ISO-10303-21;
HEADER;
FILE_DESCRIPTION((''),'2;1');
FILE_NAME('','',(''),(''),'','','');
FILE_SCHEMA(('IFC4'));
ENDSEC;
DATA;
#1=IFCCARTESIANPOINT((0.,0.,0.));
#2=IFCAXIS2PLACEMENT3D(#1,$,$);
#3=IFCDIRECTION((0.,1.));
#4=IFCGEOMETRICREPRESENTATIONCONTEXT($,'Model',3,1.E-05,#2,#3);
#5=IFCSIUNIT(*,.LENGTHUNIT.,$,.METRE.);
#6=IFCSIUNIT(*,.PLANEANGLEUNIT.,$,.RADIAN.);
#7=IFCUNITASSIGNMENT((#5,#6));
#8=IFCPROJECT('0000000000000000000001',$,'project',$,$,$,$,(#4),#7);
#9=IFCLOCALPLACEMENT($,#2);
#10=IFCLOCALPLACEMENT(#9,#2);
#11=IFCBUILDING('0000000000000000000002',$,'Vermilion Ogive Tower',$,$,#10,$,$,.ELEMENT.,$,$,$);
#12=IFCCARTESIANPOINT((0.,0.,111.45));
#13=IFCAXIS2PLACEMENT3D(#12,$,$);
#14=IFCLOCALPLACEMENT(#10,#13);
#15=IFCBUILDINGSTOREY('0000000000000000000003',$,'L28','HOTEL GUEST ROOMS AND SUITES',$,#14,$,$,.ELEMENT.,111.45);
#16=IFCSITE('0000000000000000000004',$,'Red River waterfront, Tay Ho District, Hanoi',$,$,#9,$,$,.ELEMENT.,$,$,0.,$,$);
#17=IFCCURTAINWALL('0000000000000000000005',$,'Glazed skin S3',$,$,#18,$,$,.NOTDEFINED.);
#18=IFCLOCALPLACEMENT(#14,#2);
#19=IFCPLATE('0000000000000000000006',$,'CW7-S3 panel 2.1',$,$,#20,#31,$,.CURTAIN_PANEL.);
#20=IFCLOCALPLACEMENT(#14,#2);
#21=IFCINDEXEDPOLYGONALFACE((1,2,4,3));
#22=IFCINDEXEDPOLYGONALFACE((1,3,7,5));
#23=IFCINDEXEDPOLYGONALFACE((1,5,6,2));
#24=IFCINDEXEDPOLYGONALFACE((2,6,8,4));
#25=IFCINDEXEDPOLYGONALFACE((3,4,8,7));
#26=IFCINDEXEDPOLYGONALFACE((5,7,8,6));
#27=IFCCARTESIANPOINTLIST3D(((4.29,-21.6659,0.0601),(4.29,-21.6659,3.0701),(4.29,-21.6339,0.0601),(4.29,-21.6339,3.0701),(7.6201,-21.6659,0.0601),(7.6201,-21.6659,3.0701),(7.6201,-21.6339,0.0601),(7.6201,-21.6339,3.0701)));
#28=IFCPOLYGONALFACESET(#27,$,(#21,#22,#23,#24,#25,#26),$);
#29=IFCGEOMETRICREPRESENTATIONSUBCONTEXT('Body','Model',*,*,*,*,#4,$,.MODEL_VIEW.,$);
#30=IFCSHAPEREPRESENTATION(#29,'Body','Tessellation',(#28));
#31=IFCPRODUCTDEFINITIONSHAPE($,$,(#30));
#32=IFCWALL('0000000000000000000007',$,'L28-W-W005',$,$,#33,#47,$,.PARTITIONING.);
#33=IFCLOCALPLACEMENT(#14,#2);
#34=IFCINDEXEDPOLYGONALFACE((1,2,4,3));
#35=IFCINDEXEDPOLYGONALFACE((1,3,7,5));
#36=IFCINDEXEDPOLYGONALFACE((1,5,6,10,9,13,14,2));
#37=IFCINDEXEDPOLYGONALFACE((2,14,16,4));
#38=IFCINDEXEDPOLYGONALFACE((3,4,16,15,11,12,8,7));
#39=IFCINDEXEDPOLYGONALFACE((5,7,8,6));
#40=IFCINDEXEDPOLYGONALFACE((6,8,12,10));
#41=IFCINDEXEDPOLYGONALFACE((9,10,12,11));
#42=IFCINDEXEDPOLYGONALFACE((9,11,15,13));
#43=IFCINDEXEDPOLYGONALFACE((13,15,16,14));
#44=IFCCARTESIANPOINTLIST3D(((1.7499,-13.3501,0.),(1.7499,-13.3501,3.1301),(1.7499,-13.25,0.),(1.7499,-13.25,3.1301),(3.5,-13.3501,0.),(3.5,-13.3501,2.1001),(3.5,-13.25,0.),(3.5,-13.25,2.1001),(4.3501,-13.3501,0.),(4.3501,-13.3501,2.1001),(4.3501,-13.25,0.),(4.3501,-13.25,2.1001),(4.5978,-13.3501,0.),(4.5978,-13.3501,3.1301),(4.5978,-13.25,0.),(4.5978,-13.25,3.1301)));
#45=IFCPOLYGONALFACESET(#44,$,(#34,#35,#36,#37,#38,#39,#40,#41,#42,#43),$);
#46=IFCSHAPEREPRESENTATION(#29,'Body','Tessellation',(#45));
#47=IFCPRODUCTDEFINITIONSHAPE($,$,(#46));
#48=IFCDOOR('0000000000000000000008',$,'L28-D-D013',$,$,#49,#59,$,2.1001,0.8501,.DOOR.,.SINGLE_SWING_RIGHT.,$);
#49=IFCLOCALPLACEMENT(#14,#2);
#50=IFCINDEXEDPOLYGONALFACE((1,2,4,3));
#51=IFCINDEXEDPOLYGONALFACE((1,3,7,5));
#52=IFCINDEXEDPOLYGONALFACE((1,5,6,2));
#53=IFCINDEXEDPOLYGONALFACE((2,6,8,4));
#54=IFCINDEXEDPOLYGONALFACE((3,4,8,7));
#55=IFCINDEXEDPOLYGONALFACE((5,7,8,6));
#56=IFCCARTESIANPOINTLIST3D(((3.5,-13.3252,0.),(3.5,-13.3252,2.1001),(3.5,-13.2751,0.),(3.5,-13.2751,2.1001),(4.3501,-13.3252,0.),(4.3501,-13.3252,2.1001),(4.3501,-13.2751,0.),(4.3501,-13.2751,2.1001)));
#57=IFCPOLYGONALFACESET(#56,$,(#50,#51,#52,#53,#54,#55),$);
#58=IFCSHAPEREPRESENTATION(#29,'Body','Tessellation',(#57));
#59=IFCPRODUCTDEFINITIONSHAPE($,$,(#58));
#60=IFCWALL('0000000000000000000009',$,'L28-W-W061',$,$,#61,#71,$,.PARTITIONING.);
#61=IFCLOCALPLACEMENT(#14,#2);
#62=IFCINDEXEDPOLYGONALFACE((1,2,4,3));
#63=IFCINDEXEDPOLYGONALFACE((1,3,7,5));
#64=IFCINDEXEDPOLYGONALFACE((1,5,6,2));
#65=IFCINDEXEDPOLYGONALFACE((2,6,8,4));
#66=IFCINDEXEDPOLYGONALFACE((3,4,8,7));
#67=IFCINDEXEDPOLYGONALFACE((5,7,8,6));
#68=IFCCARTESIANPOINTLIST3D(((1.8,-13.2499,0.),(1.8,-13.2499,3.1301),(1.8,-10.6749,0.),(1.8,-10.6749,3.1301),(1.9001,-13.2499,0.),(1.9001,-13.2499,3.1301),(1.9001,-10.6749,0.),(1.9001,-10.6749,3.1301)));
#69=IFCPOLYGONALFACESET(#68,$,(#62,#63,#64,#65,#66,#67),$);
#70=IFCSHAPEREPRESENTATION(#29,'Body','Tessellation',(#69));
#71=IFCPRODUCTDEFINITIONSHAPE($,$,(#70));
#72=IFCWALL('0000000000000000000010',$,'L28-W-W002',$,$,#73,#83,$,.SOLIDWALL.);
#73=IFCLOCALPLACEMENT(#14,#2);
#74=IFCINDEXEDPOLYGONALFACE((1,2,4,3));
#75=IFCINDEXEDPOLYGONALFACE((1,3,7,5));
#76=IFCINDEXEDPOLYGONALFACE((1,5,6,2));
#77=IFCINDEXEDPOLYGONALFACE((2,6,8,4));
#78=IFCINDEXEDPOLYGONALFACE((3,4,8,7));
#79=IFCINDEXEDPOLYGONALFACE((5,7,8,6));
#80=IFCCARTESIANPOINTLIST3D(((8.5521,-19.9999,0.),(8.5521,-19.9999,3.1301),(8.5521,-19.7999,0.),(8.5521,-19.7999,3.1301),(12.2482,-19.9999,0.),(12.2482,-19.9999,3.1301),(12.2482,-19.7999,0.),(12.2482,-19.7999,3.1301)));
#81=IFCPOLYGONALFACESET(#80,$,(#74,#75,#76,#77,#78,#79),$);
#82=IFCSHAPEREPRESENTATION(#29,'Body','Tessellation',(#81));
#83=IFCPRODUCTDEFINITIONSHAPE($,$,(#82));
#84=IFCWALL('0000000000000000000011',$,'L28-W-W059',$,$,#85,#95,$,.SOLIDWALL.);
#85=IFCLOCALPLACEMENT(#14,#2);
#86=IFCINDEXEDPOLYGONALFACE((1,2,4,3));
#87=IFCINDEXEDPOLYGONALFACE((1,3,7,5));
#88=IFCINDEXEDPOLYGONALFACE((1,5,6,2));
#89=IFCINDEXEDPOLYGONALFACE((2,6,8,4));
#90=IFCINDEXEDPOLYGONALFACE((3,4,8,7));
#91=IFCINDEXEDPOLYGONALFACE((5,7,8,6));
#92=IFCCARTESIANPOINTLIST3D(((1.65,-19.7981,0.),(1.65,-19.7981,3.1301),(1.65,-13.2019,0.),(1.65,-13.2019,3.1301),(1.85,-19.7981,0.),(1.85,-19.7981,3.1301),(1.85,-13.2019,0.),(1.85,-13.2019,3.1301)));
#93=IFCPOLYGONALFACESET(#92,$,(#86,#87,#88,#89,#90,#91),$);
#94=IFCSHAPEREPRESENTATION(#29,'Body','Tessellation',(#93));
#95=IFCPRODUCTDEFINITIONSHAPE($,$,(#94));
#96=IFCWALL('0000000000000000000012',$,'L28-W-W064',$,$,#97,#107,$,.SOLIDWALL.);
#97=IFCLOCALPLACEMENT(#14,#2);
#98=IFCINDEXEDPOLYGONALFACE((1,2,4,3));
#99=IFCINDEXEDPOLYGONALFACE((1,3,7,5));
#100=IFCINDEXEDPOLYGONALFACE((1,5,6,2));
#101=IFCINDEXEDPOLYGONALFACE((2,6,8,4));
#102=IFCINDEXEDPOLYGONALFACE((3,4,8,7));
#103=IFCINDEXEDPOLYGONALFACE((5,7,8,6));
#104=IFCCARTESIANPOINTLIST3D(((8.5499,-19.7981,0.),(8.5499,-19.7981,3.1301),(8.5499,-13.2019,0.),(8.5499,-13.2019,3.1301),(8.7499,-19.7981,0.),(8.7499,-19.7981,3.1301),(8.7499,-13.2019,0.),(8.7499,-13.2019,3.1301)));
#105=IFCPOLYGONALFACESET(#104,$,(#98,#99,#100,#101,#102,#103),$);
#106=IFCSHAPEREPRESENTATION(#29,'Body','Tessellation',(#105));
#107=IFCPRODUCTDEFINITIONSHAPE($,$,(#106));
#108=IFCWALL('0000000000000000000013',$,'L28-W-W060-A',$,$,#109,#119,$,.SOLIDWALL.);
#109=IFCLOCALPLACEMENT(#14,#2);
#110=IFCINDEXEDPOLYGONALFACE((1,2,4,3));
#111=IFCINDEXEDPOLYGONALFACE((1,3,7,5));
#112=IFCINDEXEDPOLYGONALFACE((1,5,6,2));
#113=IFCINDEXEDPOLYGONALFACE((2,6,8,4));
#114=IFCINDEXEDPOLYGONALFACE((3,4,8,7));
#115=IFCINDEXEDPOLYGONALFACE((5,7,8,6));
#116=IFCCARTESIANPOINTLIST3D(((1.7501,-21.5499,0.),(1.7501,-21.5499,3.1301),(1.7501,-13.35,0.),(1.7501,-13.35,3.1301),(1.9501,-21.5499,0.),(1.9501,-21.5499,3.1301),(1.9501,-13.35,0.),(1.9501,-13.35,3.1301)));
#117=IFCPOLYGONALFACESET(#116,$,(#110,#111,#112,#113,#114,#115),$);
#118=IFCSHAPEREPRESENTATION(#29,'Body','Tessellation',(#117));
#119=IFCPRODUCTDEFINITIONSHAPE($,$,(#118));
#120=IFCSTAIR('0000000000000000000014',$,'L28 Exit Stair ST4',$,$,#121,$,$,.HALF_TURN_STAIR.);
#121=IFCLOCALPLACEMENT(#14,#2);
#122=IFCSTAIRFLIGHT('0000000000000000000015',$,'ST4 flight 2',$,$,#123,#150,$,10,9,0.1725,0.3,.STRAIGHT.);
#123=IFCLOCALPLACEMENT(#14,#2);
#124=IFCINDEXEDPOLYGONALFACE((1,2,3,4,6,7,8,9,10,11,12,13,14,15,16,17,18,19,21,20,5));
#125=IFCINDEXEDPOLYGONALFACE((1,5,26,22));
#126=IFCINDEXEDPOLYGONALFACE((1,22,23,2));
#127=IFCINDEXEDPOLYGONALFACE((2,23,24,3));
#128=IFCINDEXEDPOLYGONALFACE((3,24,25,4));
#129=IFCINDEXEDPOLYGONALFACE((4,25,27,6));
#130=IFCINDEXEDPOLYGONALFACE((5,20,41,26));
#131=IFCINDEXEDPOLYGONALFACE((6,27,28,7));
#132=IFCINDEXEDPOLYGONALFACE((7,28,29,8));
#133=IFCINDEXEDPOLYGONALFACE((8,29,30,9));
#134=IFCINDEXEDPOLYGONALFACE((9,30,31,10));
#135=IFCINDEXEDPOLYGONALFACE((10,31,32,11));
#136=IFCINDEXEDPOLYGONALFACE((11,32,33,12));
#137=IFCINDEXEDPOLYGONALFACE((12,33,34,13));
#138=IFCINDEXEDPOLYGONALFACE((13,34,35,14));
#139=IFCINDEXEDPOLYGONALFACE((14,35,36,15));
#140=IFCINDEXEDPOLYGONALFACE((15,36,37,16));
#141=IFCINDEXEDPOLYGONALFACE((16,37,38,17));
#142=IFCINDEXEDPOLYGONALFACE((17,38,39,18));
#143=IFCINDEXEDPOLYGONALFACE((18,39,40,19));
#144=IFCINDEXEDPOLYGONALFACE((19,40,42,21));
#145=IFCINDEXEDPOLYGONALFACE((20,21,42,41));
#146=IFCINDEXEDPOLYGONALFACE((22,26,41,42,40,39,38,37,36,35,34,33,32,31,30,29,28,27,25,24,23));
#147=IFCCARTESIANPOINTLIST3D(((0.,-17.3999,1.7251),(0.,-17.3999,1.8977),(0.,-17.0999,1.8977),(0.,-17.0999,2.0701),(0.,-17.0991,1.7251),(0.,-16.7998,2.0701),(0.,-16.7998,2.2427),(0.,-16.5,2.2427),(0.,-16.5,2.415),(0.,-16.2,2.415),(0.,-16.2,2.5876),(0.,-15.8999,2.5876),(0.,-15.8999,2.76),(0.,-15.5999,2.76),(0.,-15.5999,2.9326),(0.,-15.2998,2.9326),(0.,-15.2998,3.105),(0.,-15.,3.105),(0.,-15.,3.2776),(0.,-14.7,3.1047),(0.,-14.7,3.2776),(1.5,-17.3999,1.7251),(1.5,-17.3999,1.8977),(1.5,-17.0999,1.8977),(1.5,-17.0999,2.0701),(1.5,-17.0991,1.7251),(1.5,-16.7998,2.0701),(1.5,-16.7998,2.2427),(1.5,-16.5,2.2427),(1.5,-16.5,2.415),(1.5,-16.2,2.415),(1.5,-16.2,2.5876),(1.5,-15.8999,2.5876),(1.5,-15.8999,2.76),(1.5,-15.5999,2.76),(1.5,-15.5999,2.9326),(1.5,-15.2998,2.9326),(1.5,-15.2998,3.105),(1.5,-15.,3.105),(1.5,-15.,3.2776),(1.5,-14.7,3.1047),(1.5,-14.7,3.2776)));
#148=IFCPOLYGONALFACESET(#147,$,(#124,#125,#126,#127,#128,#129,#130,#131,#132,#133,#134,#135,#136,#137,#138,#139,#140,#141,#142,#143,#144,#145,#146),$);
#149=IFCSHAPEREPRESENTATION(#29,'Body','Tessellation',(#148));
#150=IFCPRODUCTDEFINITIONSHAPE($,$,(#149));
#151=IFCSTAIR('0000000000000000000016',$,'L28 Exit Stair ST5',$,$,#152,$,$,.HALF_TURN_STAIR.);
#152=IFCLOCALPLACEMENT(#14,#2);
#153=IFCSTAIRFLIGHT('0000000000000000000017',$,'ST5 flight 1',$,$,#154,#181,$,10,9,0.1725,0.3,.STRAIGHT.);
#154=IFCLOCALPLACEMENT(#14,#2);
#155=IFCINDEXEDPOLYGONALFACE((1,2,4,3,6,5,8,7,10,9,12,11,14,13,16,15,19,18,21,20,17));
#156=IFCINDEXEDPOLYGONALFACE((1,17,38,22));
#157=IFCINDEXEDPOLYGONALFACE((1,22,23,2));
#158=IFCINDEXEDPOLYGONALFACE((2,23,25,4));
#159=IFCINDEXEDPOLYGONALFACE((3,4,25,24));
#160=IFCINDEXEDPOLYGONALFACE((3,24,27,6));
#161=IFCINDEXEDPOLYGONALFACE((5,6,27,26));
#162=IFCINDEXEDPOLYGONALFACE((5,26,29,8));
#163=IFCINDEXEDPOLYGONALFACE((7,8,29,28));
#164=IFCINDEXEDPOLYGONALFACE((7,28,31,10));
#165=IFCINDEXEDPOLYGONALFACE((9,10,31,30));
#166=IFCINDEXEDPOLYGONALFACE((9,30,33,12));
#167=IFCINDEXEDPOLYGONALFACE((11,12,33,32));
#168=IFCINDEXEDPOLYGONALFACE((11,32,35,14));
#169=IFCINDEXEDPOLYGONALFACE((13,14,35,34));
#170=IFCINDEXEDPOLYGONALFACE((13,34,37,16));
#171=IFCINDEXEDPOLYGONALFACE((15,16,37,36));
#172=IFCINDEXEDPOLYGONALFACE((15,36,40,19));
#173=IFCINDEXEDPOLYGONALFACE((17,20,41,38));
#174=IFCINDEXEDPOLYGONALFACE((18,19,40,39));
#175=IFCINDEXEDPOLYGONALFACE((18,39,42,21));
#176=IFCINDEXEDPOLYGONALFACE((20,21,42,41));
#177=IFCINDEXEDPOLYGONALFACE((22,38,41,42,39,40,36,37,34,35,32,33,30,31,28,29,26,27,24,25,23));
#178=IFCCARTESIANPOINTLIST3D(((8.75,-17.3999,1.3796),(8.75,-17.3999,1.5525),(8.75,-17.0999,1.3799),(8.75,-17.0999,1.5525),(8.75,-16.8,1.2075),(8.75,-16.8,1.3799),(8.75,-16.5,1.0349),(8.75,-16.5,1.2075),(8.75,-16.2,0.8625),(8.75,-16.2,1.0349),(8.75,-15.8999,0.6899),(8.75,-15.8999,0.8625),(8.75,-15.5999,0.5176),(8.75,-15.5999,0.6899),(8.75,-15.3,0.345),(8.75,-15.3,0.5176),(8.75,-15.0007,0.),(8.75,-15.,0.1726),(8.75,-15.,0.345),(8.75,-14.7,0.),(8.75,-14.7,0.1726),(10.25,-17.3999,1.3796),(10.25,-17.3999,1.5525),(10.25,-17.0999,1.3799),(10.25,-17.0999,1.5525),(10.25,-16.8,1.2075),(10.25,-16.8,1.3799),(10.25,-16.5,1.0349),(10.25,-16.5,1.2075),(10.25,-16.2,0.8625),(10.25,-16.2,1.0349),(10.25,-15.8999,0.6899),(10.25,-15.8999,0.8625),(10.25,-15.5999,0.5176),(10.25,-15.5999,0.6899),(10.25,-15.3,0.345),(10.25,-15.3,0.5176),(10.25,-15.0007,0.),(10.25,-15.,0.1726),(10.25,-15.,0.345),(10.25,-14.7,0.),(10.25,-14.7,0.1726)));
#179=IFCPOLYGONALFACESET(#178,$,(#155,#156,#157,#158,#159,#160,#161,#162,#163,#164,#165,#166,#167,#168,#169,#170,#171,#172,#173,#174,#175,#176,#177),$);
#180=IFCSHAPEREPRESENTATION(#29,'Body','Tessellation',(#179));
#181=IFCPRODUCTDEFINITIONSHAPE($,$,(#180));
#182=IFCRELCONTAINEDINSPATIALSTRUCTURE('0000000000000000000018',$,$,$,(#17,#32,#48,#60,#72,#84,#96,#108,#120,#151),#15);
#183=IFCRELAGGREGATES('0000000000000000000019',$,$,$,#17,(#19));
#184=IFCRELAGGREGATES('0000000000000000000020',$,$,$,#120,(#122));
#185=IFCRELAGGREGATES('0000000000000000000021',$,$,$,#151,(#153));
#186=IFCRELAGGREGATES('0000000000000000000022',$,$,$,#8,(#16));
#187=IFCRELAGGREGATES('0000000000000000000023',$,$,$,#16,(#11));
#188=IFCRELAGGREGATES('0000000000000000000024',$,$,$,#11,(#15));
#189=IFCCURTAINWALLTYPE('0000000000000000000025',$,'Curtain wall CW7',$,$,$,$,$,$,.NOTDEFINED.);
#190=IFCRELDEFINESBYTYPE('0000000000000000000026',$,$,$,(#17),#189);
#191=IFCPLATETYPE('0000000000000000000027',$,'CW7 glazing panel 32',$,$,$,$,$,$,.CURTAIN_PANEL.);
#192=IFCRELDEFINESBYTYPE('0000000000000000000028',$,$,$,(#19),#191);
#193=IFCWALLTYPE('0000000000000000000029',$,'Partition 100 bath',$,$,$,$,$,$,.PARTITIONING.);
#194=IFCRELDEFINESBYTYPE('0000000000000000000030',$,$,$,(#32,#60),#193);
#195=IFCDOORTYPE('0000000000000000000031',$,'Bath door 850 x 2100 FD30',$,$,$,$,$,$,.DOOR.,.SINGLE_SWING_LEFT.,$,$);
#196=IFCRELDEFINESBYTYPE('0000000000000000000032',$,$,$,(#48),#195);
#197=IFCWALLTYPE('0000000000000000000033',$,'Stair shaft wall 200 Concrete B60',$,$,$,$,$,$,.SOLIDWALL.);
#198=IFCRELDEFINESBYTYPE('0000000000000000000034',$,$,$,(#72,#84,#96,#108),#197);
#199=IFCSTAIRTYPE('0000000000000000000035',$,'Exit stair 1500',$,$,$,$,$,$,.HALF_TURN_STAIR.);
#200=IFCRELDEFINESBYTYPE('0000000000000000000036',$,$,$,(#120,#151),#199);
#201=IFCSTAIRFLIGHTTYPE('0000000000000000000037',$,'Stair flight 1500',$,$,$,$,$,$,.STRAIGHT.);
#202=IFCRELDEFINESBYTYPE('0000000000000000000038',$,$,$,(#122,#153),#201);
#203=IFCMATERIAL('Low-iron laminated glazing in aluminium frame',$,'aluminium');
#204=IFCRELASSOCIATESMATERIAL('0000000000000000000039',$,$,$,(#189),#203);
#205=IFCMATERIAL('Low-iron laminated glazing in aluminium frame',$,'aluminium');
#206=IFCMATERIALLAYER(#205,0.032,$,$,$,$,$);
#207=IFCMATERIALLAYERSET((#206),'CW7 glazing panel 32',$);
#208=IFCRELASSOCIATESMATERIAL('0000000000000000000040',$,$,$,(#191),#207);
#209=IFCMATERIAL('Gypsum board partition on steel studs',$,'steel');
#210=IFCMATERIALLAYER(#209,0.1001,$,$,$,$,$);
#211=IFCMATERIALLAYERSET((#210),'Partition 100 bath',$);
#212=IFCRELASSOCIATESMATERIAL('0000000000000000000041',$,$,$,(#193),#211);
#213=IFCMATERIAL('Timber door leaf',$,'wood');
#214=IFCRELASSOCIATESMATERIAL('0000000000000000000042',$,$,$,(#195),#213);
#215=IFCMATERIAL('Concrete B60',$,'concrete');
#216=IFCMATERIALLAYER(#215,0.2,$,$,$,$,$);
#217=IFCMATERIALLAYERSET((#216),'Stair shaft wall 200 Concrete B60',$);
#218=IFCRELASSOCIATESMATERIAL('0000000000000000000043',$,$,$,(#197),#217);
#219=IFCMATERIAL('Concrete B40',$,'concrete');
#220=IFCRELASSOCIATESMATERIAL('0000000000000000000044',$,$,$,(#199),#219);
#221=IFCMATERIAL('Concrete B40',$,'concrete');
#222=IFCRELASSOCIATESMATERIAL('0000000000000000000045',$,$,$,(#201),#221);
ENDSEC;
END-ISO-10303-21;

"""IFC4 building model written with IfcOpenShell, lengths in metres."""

from ifc_helpers import new_model, si_unit, direction, frame, frame_2d, origin, origin_2d, place, context, subcontext, project, spatial, polyline, rectangle, outline, extrude, material, layer, layer_set, type_object, element, fill, aggregate, save


model = new_model("IFC4")

# Units and contexts
model_context = context("Model", 3, precision=1e-05, world=origin(), true_north=direction((0.0, 1.0)))
body_context = subcontext(model_context, "Body", "Model", "MODEL_VIEW")
ifc_project = project(units=[si_unit("LENGTHUNIT", "METRE"), si_unit("PLANEANGLEUNIT", "RADIAN")], contexts=[model_context])

# Site, building, storey
site_placement = place(None, origin())
site = spatial("IfcSite", under=ifc_project, at=site_placement, Name="Red River waterfront, Tay Ho District, Hanoi", CompositionType="ELEMENT", RefElevation=0.0)
building_placement = place(site_placement, origin())
building = spatial("IfcBuilding", under=site, at=building_placement, Name="Vermilion Ogive Tower", CompositionType="ELEMENT")
storey_placement = place(building_placement, frame((0.0, 0.0, 111.45)))
storey = spatial("IfcBuildingStorey", under=building, at=storey_placement, Name="L28", Description="HOTEL GUEST ROOMS AND SUITES", CompositionType="ELEMENT", Elevation=111.45)

# Curtain wall
ifc_material_1 = material(Name="Low-iron laminated glazing in aluminium frame", Category="aluminium")
curtain_wall_type = type_object("IfcCurtainWallType", Name="Curtain wall CW7", PredefinedType="NOTDEFINED", material=ifc_material_1)
curtain_wall_1_placement = place(storey_placement, origin())
curtain_wall_1 = element("IfcCurtainWall", 1, at=curtain_wall_1_placement, inside=storey, type_object=curtain_wall_type, Name="Glazed skin S3", PredefinedType="NOTDEFINED")

# Plate
ifc_material_2 = material(Name="Low-iron laminated glazing in aluminium frame", Category="aluminium")
ifc_layer_1 = layer(ifc_material_2, 0.032)
ifc_layer_set_1 = layer_set([ifc_layer_1], Name="CW7 glazing panel 32")
plate_type = type_object("IfcPlateType", Name="CW7 glazing panel 32", PredefinedType="CURTAIN_PANEL", material=ifc_layer_set_1)
plate_1_placement = place(storey_placement, frame((5.9551, -21.6499, 0.0601), z_axis=(0.0, 0.0, 1.0), x_axis=(1.0, 0.0, 0.0)))
plate_1 = element("IfcPlate", 2, at=plate_1_placement, type_object=plate_type, Name="CW7-S3 panel 2.1", PredefinedType="CURTAIN_PANEL", context=body_context, shape_type="SweptSolid", body=[
    extrude(rectangle(XDim=3.3301, YDim=0.032, at=origin_2d()), origin(), (0.0, 0.0, 1.0), 3.01),
])
aggregate(curtain_wall_1, [plate_1])

# Wall, opening, door
ifc_material_3 = material(Name="Gypsum board partition on steel studs", Category="steel")
ifc_layer_2 = layer(ifc_material_3, 0.1001)
ifc_layer_set_2 = layer_set([ifc_layer_2], Name="Partition 100 bath")
wall_type_1 = type_object("IfcWallType", Name="Partition 100 bath", PredefinedType="PARTITIONING", material=ifc_layer_set_2)
wall_1_placement = place(storey_placement, frame((1.75, -13.3, 0.0), z_axis=(0.0, 0.0, 1.0), x_axis=(1.0, 0.0, 0.0)))
wall_1 = element("IfcWall", 3, at=wall_1_placement, inside=storey, type_object=wall_type_1, Name="L28-W-W005", PredefinedType="PARTITIONING", context=body_context, shape_type="SweptSolid", body=[
    extrude(rectangle(XDim=2.8479, YDim=0.1001, at=frame_2d((1.4238, 0.0))), origin(), (0.0, 0.0, 1.0), 3.1301),
])
opening_placement = place(wall_1_placement, frame((1.75, 0.0, 0.0)))
opening = element("IfcOpeningElement", 4, at=opening_placement, cuts=wall_1, PredefinedType="OPENING", context=body_context, shape_type="SweptSolid", body=[
    extrude(rectangle(XDim=0.8501, YDim=2.1001, at=frame_2d((0.425, 1.05))), frame((0.0, 0.0601, 0.0), z_axis=(0.0, -1.0, 0.0), x_axis=(1.0, 0.0, 0.0)), (0.0, 0.0, 1.0), 0.1201),
])
ifc_material_4 = material(Name="Timber door leaf", Category="wood")
door_type = type_object("IfcDoorType", Name="Bath door 850 x 2100 FD30", OperationType="SINGLE_SWING_LEFT", PredefinedType="DOOR", material=ifc_material_4)
door_placement = place(opening_placement, origin())
door = element("IfcDoor", 5, at=door_placement, inside=storey, type_object=door_type, Name="L28-D-D013", OperationType="SINGLE_SWING_RIGHT", OverallHeight=2.1001, OverallWidth=0.8501, PredefinedType="DOOR", context=body_context, shape_type="SweptSolid", body=[
    extrude(rectangle(XDim=0.8501, YDim=2.1001, at=frame_2d((0.425, 1.05))), frame((0.0, 0.0249, 0.0), z_axis=(0.0, -1.0, 0.0), x_axis=(1.0, 0.0, 0.0)), (0.0, 0.0, 1.0), 0.05),
])
fill(opening, door)

# Walls
wall_2_placement = place(storey_placement, frame((1.8501, -13.25, 0.0), z_axis=(0.0, 0.0, 1.0), x_axis=(0.0, 1.0, 0.0)))
element("IfcWall", 6, at=wall_2_placement, inside=storey, type_object=wall_type_1, Name="L28-W-W061", PredefinedType="PARTITIONING", context=body_context, shape_type="SweptSolid", body=[
    extrude(rectangle(XDim=2.575, YDim=0.1001, at=frame_2d((1.2876, 0.0))), origin(), (0.0, 0.0, 1.0), 3.1301),
])
ifc_material_5 = material(Name="Concrete B60", Category="concrete")
ifc_layer_3 = layer(ifc_material_5, 0.2)
ifc_layer_set_3 = layer_set([ifc_layer_3], Name="Stair shaft wall 200 Concrete B60")
wall_type_2 = type_object("IfcWallType", Name="Stair shaft wall 200 Concrete B60", PredefinedType="SOLIDWALL", material=ifc_layer_set_3)
wall_3_placement = place(storey_placement, frame((8.552, -19.8999, 0.0), z_axis=(0.0, 0.0, 1.0), x_axis=(1.0, 0.0, 0.0)))
element("IfcWall", 7, at=wall_3_placement, inside=storey, type_object=wall_type_2, Name="L28-W-W002", PredefinedType="SOLIDWALL", context=body_context, shape_type="SweptSolid", body=[
    extrude(rectangle(XDim=3.696, YDim=0.2, at=frame_2d((1.8481, 0.0))), origin(), (0.0, 0.0, 1.0), 3.1301),
])
for number, where, z_axis, x_axis, name in (
    (8, (1.75, -19.7981, 0.0), (0.0, 0.0, 1.0), (0.0, 1.0, 0.0), "L28-W-W059"),
    (9, (8.6499, -19.7981, 0.0), (0.0, 0.0, 1.0), (0.0, 1.0, 0.0), "L28-W-W064"),
):
    element("IfcWall", number, at=place(storey_placement, frame(where, z_axis=z_axis, x_axis=x_axis)), inside=storey, type_object=wall_type_2, Name=name, PredefinedType="SOLIDWALL", context=body_context, shape_type="SweptSolid", body=[
        extrude(rectangle(XDim=6.5962, YDim=0.2, at=frame_2d((3.2981, 0.0))), origin(), (0.0, 0.0, 1.0), 3.1301),
    ])
wall_4_placement = place(storey_placement, frame((1.8501, -21.55, 0.0), z_axis=(0.0, 0.0, 1.0), x_axis=(0.0, 1.0, 0.0)))
element("IfcWall", 10, at=wall_4_placement, inside=storey, type_object=wall_type_2, Name="L28-W-W060-A", PredefinedType="SOLIDWALL", context=body_context, shape_type="SweptSolid", body=[
    extrude(rectangle(XDim=8.2, YDim=0.2, at=frame_2d((4.1001, 0.0))), origin(), (0.0, 0.0, 1.0), 3.1301),
])

# Stairs, stair flights
ifc_material_6 = material(Name="Concrete B40", Category="concrete")
stair_type = type_object("IfcStairType", Name="Exit stair 1500", PredefinedType="HALF_TURN_STAIR", material=ifc_material_6)
stair_1_placement = place(storey_placement, origin())
stair_1 = element("IfcStair", 11, at=stair_1_placement, inside=storey, type_object=stair_type, Name="L28 Exit Stair ST4", PredefinedType="HALF_TURN_STAIR")
ifc_material_7 = material(Name="Concrete B40", Category="concrete")
stair_flight_type = type_object("IfcStairFlightType", Name="Stair flight 1500", PredefinedType="STRAIGHT", material=ifc_material_7)
stair_flight_1_placement = place(storey_placement, frame((0.75, -17.3999, 1.7251), z_axis=(0.0, 0.0, 1.0), x_axis=(0.0, 1.0, 0.0)))
stair_flight_1 = element("IfcStairFlight", 12, at=stair_flight_1_placement, type_object=stair_flight_type, Name="ST4 flight 2", NumberOfRisers=10, NumberOfTreads=9, PredefinedType="STRAIGHT", RiserHeight=0.1725, TreadLength=0.3, context=body_context, shape_type="SweptSolid", body=[
    extrude(outline(polyline([(0.0, 0.0), (0.0, 0.1726), (0.3, 0.1726), (0.3, 0.345), (0.6001, 0.345), (0.6001, 0.5176), (0.8999, 0.5176), (0.8999, 0.6899), (1.2, 0.6899), (1.2, 0.8625), (1.5, 0.8625), (1.5, 1.0349), (1.8, 1.0349), (1.8, 1.2075), (2.1001, 1.2075), (2.1001, 1.3799), (2.3999, 1.3799), (2.3999, 1.5525), (2.7, 1.5525), (2.7, 1.7251), (2.7, 1.3796), (0.3008, 0.0), (0.0, 0.0)])), frame((0.0, 0.75, 0.0), z_axis=(0.0, -1.0, 0.0), x_axis=(1.0, 0.0, 0.0)), (0.0, 0.0, 1.0), 1.5),
])
aggregate(stair_1, [stair_flight_1])
stair_2_placement = place(storey_placement, origin())
stair_2 = element("IfcStair", 13, at=stair_2_placement, inside=storey, type_object=stair_type, Name="L28 Exit Stair ST5", PredefinedType="HALF_TURN_STAIR")
stair_flight_2_placement = place(storey_placement, frame((9.5, -14.7, 0.0), z_axis=(0.0, 0.0, 1.0), x_axis=(0.0, -1.0, 0.0)))
stair_flight_2 = element("IfcStairFlight", 14, at=stair_flight_2_placement, type_object=stair_flight_type, Name="ST5 flight 1", NumberOfRisers=10, NumberOfTreads=9, PredefinedType="STRAIGHT", RiserHeight=0.1725, TreadLength=0.3, context=body_context, shape_type="SweptSolid", body=[
    extrude(outline(polyline([(0.0, 0.0), (0.0, 0.1726), (0.3, 0.1726), (0.3, 0.345), (0.6001, 0.345), (0.6001, 0.5176), (0.8999, 0.5176), (0.8999, 0.6899), (1.2, 0.6899), (1.2, 0.8625), (1.5, 0.8625), (1.5, 1.0349), (1.8, 1.0349), (1.8, 1.2075), (2.1001, 1.2075), (2.1001, 1.3799), (2.3999, 1.3799), (2.3999, 1.5525), (2.7, 1.5525), (2.7, 1.7251), (2.7, 1.3796), (0.3008, 0.0), (0.0, 0.0)])), frame((0.0, 0.75, 0.0), z_axis=(0.0, -1.0, 0.0), x_axis=(1.0, 0.0, 0.0)), (0.0, 0.0, 1.0), 1.5),
])
aggregate(stair_2, [stair_flight_2])

save(model, "model.ifc")
